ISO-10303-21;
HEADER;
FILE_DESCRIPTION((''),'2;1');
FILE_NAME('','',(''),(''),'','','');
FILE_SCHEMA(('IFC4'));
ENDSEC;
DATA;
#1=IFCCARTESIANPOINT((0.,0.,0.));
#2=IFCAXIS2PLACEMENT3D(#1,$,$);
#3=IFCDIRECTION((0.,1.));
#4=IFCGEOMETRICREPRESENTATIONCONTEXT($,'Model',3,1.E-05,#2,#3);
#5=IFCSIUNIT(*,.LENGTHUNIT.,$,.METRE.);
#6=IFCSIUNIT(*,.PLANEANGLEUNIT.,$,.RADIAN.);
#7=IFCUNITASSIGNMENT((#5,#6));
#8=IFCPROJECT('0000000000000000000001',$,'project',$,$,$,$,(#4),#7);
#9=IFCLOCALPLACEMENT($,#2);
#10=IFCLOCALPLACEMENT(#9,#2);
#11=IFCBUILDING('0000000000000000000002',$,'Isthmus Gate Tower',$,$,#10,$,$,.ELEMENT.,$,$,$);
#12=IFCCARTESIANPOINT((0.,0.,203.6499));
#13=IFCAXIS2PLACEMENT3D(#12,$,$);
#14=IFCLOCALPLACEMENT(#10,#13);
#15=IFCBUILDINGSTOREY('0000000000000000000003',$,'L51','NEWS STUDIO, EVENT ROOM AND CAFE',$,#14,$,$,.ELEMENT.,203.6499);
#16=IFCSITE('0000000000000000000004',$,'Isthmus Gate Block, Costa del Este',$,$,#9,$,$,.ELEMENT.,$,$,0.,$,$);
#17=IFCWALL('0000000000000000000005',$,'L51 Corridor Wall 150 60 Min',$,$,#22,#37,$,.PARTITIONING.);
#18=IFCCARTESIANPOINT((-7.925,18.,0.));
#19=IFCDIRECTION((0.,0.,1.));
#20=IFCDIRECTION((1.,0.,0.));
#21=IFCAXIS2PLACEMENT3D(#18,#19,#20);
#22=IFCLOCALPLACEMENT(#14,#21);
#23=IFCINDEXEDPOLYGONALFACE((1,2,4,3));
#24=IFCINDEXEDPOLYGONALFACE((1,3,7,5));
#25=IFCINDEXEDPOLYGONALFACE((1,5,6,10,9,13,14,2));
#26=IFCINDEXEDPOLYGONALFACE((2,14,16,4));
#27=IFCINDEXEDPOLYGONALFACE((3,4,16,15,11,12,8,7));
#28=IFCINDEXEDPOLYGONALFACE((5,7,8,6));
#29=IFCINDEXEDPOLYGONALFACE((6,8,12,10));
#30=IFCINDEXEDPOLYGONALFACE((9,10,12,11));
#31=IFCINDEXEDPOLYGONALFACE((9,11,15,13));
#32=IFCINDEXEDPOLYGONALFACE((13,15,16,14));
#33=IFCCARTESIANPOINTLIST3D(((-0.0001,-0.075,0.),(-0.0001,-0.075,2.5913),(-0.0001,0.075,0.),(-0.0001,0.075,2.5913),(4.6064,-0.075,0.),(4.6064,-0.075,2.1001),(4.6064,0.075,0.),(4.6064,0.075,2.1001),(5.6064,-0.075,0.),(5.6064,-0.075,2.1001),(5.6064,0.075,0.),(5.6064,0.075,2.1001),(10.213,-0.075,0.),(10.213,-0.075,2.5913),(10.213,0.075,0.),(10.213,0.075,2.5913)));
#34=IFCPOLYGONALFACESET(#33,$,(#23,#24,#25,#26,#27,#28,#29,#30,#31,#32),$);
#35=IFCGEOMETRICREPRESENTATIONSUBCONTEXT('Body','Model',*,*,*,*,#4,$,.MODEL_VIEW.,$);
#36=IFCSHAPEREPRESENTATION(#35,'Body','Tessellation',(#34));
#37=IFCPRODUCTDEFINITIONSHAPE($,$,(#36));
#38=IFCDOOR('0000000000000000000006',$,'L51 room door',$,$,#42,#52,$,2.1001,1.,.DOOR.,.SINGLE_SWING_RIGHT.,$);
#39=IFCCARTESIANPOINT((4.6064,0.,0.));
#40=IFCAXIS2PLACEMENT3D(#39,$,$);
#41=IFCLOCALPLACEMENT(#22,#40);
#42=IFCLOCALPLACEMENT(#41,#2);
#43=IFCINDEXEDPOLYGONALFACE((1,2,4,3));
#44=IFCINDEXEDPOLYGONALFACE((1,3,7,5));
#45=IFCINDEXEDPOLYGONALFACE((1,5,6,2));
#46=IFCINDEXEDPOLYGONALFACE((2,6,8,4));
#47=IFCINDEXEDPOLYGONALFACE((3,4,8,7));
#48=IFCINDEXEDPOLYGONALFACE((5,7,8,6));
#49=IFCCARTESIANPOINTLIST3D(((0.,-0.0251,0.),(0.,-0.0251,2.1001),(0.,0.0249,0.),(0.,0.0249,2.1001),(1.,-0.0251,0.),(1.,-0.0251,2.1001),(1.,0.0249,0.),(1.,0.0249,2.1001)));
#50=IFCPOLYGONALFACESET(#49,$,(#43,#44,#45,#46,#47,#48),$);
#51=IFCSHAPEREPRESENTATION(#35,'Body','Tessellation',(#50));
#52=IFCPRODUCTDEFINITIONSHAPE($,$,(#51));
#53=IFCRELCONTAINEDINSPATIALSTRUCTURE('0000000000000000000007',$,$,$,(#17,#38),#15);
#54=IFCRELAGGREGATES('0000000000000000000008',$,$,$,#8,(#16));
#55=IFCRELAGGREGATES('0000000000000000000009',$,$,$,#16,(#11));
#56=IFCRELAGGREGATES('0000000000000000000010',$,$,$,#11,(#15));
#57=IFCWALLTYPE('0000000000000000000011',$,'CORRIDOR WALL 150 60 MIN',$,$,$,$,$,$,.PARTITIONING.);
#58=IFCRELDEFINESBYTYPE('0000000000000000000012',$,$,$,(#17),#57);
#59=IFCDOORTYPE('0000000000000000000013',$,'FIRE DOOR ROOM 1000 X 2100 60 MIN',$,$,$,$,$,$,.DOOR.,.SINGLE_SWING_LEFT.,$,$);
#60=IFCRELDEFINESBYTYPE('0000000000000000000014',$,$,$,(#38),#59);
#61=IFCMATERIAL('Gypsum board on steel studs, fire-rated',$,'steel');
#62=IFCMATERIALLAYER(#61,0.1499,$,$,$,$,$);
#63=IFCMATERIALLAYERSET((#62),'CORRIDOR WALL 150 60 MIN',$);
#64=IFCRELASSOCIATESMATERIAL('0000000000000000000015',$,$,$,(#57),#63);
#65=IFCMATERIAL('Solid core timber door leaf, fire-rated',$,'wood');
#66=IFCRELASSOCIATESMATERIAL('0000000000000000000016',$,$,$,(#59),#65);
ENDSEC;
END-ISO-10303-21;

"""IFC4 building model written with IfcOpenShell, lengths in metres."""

from ifc_helpers import new_model, si_unit, direction, frame, frame_2d, origin, place, context, subcontext, project, spatial, rectangle, extrude, material, layer, layer_set, type_object, element, fill, save


model = new_model("IFC4")

# Units and contexts
model_context = context("Model", 3, precision=1e-05, world=origin(), true_north=direction((0.0, 1.0)))
body_context = subcontext(model_context, "Body", "Model", "MODEL_VIEW")
ifc_project = project(units=[si_unit("LENGTHUNIT", "METRE"), si_unit("PLANEANGLEUNIT", "RADIAN")], contexts=[model_context])

# Site, building, storey
site_placement = place(None, origin())
site = spatial("IfcSite", under=ifc_project, at=site_placement, Name="Isthmus Gate Block, Costa del Este", CompositionType="ELEMENT", RefElevation=0.0)
building_placement = place(site_placement, origin())
building = spatial("IfcBuilding", under=site, at=building_placement, Name="Isthmus Gate Tower", CompositionType="ELEMENT")
storey_placement = place(building_placement, frame((0.0, 0.0, 203.6499)))
storey = spatial("IfcBuildingStorey", under=building, at=storey_placement, Name="L51", Description="NEWS STUDIO, EVENT ROOM AND CAFE", CompositionType="ELEMENT", Elevation=203.6499)

# Shared definitions
ifc_material_1 = material(Name="Gypsum board on steel studs, fire-rated", Category="steel")
ifc_layer_1 = layer(ifc_material_1, 0.1499)
ifc_layer_set_1 = layer_set([ifc_layer_1], Name="CORRIDOR WALL 150 60 MIN")
wall_type_1 = type_object("IfcWallType", Name="CORRIDOR WALL 150 60 MIN", PredefinedType="PARTITIONING", material=ifc_layer_set_1)

# Wall, opening, door
wall_1_placement = place(storey_placement, frame((-7.925, 18.0, 0.0), z_axis=(0.0, 0.0, 1.0), x_axis=(1.0, 0.0, 0.0)))
wall_1 = element("IfcWall", 1, at=wall_1_placement, inside=storey, type_object=wall_type_1, Name="L51 Corridor Wall 150 60 Min", PredefinedType="PARTITIONING", context=body_context, shape_type="SweptSolid", body=[
    extrude(rectangle(XDim=10.2131, YDim=0.1499, at=frame_2d((5.1064, 0.0))), origin(), (0.0, 0.0, 1.0), 2.5913),
])
opening_1_placement = place(wall_1_placement, frame((4.6064, 0.0, 0.0)))
opening_1 = element("IfcOpeningElement", 2, at=opening_1_placement, cuts=wall_1, PredefinedType="OPENING", context=body_context, shape_type="SweptSolid", body=[
    extrude(rectangle(XDim=1.0, YDim=2.1001, at=frame_2d((0.5, 1.05))), frame((0.0, 0.085, 0.0), z_axis=(0.0, -1.0, 0.0), x_axis=(1.0, 0.0, 0.0)), (0.0, 0.0, 1.0), 0.1699),
])
ifc_material_2 = material(Name="Solid core timber door leaf, fire-rated", Category="wood")
door_type_1 = type_object("IfcDoorType", Name="FIRE DOOR ROOM 1000 X 2100 60 MIN", OperationType="SINGLE_SWING_LEFT", PredefinedType="DOOR", material=ifc_material_2)
door_1_placement = place(opening_1_placement, origin())
door_1 = element("IfcDoor", 3, at=door_1_placement, inside=storey, type_object=door_type_1, Name="L51 room door", OperationType="SINGLE_SWING_RIGHT", OverallHeight=2.1001, OverallWidth=1.0, PredefinedType="DOOR", context=body_context, shape_type="SweptSolid", body=[
    extrude(rectangle(XDim=1.0, YDim=2.1001, at=frame_2d((0.5, 1.05))), frame((0.0, 0.0249, 0.0), z_axis=(0.0, -1.0, 0.0), x_axis=(1.0, 0.0, 0.0)), (0.0, 0.0, 1.0), 0.05),
])
fill(opening_1, door_1)

save(model, "model.ifc")
